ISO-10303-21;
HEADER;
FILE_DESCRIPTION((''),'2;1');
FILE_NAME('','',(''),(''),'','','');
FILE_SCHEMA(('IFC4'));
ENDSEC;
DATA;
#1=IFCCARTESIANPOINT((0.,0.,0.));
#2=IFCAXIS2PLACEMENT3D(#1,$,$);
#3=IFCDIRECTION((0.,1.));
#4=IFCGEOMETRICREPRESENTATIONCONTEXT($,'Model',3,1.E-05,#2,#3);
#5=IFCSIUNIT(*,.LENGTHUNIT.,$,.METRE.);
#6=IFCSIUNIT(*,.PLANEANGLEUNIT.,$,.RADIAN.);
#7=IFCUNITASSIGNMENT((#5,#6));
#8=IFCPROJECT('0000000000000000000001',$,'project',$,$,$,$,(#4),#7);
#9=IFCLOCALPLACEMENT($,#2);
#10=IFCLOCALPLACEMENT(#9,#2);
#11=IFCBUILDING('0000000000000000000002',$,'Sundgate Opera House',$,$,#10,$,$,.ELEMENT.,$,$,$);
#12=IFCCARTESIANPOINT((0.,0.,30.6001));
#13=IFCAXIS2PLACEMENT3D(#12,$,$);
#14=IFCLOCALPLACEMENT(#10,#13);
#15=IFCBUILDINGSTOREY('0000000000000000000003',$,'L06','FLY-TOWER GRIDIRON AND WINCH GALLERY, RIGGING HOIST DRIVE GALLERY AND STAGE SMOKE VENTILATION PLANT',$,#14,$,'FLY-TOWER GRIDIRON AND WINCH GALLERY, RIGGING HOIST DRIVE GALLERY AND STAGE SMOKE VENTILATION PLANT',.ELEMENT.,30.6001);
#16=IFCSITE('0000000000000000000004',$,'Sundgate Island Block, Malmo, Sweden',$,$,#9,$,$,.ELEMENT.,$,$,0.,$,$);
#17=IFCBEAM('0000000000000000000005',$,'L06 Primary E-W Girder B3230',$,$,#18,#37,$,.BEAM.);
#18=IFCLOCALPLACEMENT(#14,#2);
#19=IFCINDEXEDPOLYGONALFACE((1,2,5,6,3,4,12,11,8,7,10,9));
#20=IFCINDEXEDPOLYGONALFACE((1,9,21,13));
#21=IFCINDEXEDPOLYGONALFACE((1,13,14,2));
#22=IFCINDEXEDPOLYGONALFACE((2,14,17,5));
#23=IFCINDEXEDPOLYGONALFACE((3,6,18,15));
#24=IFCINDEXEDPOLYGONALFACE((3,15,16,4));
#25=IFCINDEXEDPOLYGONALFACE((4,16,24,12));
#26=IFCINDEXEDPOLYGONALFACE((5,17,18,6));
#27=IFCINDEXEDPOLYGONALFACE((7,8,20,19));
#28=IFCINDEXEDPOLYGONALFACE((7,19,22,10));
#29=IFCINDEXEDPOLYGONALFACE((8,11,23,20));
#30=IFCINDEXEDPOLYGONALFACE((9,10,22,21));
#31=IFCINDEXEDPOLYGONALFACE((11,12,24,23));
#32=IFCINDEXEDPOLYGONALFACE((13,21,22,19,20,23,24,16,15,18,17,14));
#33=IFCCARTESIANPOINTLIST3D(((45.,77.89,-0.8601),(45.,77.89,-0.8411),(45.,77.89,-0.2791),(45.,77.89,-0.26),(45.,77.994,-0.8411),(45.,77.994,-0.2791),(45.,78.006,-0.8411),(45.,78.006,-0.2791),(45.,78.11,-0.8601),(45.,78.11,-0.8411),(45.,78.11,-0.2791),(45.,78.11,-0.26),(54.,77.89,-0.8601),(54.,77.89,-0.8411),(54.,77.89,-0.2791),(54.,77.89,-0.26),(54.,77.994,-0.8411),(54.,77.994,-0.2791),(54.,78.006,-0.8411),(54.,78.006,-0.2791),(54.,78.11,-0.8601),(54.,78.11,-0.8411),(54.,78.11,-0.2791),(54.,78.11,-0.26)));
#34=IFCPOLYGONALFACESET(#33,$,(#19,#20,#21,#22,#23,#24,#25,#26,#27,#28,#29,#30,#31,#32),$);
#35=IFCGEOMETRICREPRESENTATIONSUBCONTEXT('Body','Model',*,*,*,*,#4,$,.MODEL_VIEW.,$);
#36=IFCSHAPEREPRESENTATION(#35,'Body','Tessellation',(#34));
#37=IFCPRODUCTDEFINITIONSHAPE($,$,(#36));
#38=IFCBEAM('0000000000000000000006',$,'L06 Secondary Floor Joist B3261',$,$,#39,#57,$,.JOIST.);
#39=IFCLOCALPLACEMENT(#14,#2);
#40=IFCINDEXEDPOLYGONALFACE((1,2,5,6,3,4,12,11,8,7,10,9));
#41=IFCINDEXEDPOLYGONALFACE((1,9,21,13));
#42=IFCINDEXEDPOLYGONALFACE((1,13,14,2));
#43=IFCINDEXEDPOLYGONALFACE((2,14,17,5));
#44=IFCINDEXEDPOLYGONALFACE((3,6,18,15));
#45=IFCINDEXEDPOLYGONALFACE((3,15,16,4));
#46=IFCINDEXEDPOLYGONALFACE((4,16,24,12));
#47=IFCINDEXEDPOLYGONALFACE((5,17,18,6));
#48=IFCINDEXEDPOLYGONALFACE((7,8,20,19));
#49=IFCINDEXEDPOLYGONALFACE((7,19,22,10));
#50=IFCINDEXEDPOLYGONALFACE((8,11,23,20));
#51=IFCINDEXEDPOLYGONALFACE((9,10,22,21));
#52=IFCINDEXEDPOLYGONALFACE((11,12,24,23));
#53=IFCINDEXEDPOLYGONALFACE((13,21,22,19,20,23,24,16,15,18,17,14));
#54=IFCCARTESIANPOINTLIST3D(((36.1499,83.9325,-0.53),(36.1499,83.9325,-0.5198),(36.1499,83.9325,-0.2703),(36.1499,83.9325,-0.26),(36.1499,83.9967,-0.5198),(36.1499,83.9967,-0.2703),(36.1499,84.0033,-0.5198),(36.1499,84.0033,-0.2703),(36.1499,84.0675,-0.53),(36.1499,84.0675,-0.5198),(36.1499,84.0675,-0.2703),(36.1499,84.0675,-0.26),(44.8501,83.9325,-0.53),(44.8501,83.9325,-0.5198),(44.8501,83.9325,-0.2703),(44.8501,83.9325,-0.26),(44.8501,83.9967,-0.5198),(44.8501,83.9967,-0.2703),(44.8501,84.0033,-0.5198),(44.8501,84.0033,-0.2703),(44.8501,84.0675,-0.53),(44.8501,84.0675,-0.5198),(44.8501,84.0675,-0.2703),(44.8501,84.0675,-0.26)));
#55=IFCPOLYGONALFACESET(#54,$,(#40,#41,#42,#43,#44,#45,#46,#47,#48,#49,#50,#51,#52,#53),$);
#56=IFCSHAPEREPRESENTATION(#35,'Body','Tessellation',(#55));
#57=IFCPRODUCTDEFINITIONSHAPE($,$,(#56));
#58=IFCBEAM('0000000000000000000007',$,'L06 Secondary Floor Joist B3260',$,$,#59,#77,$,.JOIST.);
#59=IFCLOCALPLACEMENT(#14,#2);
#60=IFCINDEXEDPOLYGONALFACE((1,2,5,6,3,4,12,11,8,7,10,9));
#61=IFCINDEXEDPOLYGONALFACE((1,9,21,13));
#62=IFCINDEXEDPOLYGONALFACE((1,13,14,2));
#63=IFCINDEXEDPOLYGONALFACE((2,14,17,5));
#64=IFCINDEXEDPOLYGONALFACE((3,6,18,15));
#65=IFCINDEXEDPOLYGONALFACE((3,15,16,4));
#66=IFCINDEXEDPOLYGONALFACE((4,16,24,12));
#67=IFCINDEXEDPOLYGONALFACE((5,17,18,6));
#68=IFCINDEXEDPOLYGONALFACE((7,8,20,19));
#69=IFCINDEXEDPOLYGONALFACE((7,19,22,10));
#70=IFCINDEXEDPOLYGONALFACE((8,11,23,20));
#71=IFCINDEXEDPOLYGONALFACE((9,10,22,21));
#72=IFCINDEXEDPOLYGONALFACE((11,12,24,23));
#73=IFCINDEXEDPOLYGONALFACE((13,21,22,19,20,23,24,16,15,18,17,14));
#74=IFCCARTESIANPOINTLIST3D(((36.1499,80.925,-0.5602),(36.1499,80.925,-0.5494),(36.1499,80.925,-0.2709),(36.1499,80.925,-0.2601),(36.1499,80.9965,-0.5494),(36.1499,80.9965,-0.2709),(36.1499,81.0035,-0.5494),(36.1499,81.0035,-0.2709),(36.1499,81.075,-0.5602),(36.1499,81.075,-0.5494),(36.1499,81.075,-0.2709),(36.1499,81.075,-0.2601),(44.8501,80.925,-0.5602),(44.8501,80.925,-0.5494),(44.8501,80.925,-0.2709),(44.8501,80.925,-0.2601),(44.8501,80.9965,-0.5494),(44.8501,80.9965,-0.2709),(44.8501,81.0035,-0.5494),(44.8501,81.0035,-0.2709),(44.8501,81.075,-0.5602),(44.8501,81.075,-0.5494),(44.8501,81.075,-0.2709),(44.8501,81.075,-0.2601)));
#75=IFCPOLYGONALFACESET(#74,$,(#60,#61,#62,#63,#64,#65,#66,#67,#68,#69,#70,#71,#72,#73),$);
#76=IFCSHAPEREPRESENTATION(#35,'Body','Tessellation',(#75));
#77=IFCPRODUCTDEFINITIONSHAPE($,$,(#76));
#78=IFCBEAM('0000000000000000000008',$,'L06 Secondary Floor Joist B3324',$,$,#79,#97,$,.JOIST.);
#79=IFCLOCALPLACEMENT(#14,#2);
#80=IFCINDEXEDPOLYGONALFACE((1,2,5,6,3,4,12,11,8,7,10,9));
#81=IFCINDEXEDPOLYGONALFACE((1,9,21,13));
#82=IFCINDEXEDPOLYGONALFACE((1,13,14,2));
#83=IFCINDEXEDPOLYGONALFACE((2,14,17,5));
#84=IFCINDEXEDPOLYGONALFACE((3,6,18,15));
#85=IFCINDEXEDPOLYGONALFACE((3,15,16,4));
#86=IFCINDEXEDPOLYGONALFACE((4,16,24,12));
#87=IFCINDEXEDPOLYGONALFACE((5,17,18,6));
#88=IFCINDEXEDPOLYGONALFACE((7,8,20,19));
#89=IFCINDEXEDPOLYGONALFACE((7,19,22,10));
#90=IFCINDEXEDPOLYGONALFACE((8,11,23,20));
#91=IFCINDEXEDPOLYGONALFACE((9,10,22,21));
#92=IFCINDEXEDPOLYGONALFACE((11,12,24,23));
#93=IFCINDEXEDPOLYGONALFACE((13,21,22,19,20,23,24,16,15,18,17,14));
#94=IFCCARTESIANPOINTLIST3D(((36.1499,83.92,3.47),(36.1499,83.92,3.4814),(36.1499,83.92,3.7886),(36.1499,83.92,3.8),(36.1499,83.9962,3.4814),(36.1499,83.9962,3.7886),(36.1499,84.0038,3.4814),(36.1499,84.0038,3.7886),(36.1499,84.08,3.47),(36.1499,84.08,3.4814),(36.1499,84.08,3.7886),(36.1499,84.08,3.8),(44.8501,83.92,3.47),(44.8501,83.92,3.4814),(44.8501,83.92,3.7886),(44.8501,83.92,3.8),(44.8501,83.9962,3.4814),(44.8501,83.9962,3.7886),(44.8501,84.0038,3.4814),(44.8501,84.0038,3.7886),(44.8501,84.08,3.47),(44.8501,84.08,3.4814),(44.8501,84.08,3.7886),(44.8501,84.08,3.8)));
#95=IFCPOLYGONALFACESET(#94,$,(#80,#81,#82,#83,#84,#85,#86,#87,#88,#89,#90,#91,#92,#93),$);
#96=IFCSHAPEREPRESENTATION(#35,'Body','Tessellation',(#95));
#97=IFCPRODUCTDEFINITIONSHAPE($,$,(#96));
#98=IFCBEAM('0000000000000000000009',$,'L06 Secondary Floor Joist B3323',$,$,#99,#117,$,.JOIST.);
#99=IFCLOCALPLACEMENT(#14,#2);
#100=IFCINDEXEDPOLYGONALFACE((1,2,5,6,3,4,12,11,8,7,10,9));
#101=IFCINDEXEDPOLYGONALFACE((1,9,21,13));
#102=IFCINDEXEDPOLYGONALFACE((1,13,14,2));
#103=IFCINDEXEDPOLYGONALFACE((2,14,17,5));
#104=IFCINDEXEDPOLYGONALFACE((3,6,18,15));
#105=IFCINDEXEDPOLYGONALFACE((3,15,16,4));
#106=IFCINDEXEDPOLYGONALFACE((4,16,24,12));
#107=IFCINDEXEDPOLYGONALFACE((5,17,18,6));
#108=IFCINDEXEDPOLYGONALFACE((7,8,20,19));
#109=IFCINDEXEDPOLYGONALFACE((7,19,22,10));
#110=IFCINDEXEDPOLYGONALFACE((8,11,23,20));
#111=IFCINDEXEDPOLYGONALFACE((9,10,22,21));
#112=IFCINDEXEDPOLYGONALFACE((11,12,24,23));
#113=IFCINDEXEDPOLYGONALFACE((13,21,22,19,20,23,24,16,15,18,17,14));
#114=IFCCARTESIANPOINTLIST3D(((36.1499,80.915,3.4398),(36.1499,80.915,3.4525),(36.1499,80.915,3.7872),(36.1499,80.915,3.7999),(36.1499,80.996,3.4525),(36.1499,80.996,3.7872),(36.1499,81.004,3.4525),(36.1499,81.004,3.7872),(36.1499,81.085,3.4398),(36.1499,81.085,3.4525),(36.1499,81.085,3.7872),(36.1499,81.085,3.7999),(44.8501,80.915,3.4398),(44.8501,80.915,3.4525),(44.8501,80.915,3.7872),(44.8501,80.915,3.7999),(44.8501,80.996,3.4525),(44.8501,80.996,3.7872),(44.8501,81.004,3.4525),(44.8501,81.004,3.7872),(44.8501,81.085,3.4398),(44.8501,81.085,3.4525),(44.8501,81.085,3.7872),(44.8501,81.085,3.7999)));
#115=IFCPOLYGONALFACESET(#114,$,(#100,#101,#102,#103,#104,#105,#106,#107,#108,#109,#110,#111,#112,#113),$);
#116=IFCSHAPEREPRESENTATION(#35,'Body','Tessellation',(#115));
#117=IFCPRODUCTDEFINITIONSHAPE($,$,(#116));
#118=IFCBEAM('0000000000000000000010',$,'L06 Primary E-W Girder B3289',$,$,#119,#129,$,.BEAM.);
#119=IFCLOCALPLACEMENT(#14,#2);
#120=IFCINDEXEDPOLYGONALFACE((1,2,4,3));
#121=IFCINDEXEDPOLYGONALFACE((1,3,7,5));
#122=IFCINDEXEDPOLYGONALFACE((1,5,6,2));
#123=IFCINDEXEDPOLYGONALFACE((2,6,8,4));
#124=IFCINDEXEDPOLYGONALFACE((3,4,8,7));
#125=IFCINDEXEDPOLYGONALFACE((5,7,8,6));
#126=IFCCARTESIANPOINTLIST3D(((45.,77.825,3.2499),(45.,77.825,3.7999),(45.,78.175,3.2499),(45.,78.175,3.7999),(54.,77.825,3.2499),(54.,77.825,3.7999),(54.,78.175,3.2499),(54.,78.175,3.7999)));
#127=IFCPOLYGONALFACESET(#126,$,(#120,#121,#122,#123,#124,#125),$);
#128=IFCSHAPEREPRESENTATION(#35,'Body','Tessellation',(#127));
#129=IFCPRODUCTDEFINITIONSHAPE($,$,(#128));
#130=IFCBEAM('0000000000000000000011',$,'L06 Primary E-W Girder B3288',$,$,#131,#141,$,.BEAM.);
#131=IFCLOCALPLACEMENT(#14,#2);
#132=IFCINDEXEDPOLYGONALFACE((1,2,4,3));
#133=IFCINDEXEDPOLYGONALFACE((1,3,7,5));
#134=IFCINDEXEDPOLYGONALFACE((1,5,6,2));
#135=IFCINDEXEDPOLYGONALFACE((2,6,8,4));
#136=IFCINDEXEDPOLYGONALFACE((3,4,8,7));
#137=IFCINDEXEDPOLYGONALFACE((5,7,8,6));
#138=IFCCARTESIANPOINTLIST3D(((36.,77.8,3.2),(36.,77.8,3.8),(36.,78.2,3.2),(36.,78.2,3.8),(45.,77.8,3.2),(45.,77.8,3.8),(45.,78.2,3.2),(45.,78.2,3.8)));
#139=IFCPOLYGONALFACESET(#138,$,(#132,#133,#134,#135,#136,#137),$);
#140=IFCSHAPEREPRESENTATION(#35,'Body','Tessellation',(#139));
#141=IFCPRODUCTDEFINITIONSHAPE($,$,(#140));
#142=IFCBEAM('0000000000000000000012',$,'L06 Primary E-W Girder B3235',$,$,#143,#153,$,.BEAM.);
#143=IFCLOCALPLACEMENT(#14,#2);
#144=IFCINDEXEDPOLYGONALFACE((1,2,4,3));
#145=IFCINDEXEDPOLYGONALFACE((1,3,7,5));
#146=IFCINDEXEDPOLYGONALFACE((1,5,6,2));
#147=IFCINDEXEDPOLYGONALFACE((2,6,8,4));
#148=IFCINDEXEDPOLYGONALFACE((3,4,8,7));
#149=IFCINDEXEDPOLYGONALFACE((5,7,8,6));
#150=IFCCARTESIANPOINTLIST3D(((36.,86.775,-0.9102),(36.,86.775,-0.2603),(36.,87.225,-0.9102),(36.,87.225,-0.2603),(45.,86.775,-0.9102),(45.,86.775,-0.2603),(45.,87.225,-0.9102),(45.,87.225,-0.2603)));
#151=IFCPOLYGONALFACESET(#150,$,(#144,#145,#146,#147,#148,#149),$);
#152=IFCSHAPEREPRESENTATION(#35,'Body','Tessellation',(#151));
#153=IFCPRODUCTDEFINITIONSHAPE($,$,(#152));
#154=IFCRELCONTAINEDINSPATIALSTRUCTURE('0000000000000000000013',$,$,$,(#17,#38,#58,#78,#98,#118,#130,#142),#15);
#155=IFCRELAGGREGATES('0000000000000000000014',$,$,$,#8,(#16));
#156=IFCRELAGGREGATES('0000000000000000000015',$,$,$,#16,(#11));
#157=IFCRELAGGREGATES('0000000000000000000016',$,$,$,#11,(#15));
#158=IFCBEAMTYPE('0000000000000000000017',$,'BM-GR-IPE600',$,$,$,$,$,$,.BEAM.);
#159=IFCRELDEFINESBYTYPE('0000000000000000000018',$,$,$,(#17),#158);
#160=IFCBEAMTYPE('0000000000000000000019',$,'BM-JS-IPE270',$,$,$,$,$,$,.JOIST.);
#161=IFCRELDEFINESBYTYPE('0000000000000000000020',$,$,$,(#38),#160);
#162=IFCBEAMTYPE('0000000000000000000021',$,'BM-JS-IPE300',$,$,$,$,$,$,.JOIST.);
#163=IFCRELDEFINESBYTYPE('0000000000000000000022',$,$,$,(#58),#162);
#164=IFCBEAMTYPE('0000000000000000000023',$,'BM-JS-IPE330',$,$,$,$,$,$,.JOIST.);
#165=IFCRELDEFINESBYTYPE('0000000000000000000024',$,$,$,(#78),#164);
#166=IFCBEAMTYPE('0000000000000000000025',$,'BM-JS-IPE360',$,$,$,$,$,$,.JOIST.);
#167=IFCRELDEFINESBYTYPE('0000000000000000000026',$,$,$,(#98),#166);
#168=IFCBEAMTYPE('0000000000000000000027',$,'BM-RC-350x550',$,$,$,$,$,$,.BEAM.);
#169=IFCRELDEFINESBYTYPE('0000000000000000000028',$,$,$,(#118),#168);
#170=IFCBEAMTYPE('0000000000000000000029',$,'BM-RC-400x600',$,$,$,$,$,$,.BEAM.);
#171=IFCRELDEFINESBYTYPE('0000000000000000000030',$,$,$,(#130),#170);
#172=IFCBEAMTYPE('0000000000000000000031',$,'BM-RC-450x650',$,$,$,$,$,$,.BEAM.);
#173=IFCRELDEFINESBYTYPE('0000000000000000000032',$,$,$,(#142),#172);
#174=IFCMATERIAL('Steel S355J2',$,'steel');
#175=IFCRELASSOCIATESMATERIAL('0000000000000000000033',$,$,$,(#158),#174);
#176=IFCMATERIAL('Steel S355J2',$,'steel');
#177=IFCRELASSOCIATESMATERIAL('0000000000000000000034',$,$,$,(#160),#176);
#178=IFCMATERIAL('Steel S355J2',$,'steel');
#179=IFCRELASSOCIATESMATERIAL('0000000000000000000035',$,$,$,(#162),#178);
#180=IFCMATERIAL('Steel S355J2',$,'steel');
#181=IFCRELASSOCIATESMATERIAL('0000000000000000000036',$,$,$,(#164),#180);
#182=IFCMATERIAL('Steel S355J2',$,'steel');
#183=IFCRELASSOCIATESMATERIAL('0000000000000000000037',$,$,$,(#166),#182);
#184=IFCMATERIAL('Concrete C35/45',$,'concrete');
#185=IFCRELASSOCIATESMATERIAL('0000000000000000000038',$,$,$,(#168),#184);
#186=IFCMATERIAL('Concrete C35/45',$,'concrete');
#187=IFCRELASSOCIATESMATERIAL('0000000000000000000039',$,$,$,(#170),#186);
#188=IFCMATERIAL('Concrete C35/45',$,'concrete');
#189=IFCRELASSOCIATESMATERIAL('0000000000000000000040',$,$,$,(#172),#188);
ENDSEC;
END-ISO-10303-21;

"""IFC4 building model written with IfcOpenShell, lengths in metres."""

from ifc_helpers import new_model, si_unit, direction, frame, origin, origin_2d, place, context, subcontext, project, spatial, rectangle, i_section, extrude, material, material_profile, profile_set, type_object, element, save


model = new_model("IFC4")

# Units and contexts
model_context = context("Model", 3, precision=1e-05, world=origin(), true_north=direction((0.0, 1.0)))
body_context = subcontext(model_context, "Body", "Model", "MODEL_VIEW")
ifc_project = project(units=[si_unit("LENGTHUNIT", "METRE"), si_unit("PLANEANGLEUNIT", "RADIAN")], contexts=[model_context])

# Site, building, storey
site_placement = place(None, origin())
site = spatial("IfcSite", under=ifc_project, at=site_placement, Name="Sundgate Island Block, Malmo, Sweden", CompositionType="ELEMENT", RefElevation=0.0)
building_placement = place(site_placement, origin())
building = spatial("IfcBuilding", under=site, at=building_placement, Name="Sundgate Opera House", CompositionType="ELEMENT")
storey_placement = place(building_placement, frame((0.0, 0.0, 30.6001)))
storey = spatial("IfcBuildingStorey", under=building, at=storey_placement, Name="L06", Description="FLY-TOWER GRIDIRON AND WINCH GALLERY, RIGGING HOIST DRIVE GALLERY AND STAGE SMOKE VENTILATION PLANT", LongName="FLY-TOWER GRIDIRON AND WINCH GALLERY, RIGGING HOIST DRIVE GALLERY AND STAGE SMOKE VENTILATION PLANT", CompositionType="ELEMENT", Elevation=30.6001)

# Beams
ifc_material_1 = material(Name="Steel S355J2", Category="steel")
ifc_material_profile_1 = material_profile(ifc_material_1, i_section(OverallWidth=0.22, OverallDepth=0.6001, WebThickness=0.012, FlangeThickness=0.019, at=origin_2d()), Name="IPE 600")
ifc_profile_set_1 = profile_set([ifc_material_profile_1], Name="Steel S355J2")
beam_type_1 = type_object("IfcBeamType", Name="BM-GR-IPE600", PredefinedType="BEAM", material=ifc_profile_set_1)
beam_1_placement = place(storey_placement, frame((45.0, 78.0, -0.5601), z_axis=(1.0, 0.0, 0.0), x_axis=(0.0, 1.0, 0.0)))
element("IfcBeam", 1, at=beam_1_placement, inside=storey, type_object=beam_type_1, Name="L06 Primary E-W Girder B3230", PredefinedType="BEAM", context=body_context, shape_type="SweptSolid", body=[
    extrude(i_section(OverallWidth=0.22, OverallDepth=0.6001, WebThickness=0.012, FlangeThickness=0.019, at=origin_2d()), origin(), (0.0, 0.0, 1.0), 9.0),
])
ifc_material_2 = material(Name="Steel S355J2", Category="steel")
ifc_material_profile_2 = material_profile(ifc_material_2, i_section(OverallWidth=0.135, OverallDepth=0.27, WebThickness=0.0066, FlangeThickness=0.0103, at=origin_2d()), Name="IPE 270")
ifc_profile_set_2 = profile_set([ifc_material_profile_2], Name="Steel S355J2")
beam_type_2 = type_object("IfcBeamType", Name="BM-JS-IPE270", PredefinedType="JOIST", material=ifc_profile_set_2)
beam_2_placement = place(storey_placement, frame((36.1499, 84.0, -0.395), z_axis=(1.0, 0.0, 0.0), x_axis=(0.0, 1.0, 0.0)))
element("IfcBeam", 2, at=beam_2_placement, inside=storey, type_object=beam_type_2, Name="L06 Secondary Floor Joist B3261", PredefinedType="JOIST", context=body_context, shape_type="SweptSolid", body=[
    extrude(i_section(OverallWidth=0.135, OverallDepth=0.27, WebThickness=0.0066, FlangeThickness=0.0103, at=origin_2d()), origin(), (0.0, 0.0, 1.0), 8.7002),
])
ifc_material_3 = material(Name="Steel S355J2", Category="steel")
ifc_material_profile_3 = material_profile(ifc_material_3, i_section(OverallWidth=0.1499, OverallDepth=0.3, WebThickness=0.0071, FlangeThickness=0.0107, at=origin_2d()), Name="IPE 300")
ifc_profile_set_3 = profile_set([ifc_material_profile_3], Name="Steel S355J2")
beam_type_3 = type_object("IfcBeamType", Name="BM-JS-IPE300", PredefinedType="JOIST", material=ifc_profile_set_3)
beam_3_placement = place(storey_placement, frame((36.1499, 81.0, -0.4102), z_axis=(1.0, 0.0, 0.0), x_axis=(0.0, 1.0, 0.0)))
element("IfcBeam", 3, at=beam_3_placement, inside=storey, type_object=beam_type_3, Name="L06 Secondary Floor Joist B3260", PredefinedType="JOIST", context=body_context, shape_type="SweptSolid", body=[
    extrude(i_section(OverallWidth=0.1499, OverallDepth=0.3, WebThickness=0.0071, FlangeThickness=0.0107, at=origin_2d()), origin(), (0.0, 0.0, 1.0), 8.7002),
])
ifc_material_4 = material(Name="Steel S355J2", Category="steel")
ifc_material_profile_4 = material_profile(ifc_material_4, i_section(OverallWidth=0.1599, OverallDepth=0.3301, WebThickness=0.0076, FlangeThickness=0.0115, at=origin_2d()), Name="IPE 330")
ifc_profile_set_4 = profile_set([ifc_material_profile_4], Name="Steel S355J2")
beam_type_4 = type_object("IfcBeamType", Name="BM-JS-IPE330", PredefinedType="JOIST", material=ifc_profile_set_4)
beam_4_placement = place(storey_placement, frame((36.1499, 84.0, 3.635), z_axis=(1.0, 0.0, 0.0), x_axis=(0.0, 1.0, 0.0)))
element("IfcBeam", 4, at=beam_4_placement, inside=storey, type_object=beam_type_4, Name="L06 Secondary Floor Joist B3324", PredefinedType="JOIST", context=body_context, shape_type="SweptSolid", body=[
    extrude(i_section(OverallWidth=0.1599, OverallDepth=0.3301, WebThickness=0.0076, FlangeThickness=0.0115, at=origin_2d()), origin(), (0.0, 0.0, 1.0), 8.7002),
])
ifc_material_5 = material(Name="Steel S355J2", Category="steel")
ifc_material_profile_5 = material_profile(ifc_material_5, i_section(OverallWidth=0.1699, OverallDepth=0.3601, WebThickness=0.0081, FlangeThickness=0.0127, at=origin_2d()), Name="IPE 360")
ifc_profile_set_5 = profile_set([ifc_material_profile_5], Name="Steel S355J2")
beam_type_5 = type_object("IfcBeamType", Name="BM-JS-IPE360", PredefinedType="JOIST", material=ifc_profile_set_5)
beam_5_placement = place(storey_placement, frame((36.1499, 81.0, 3.6199), z_axis=(1.0, 0.0, 0.0), x_axis=(0.0, 1.0, 0.0)))
element("IfcBeam", 5, at=beam_5_placement, inside=storey, type_object=beam_type_5, Name="L06 Secondary Floor Joist B3323", PredefinedType="JOIST", context=body_context, shape_type="SweptSolid", body=[
    extrude(i_section(OverallWidth=0.1699, OverallDepth=0.3601, WebThickness=0.0081, FlangeThickness=0.0127, at=origin_2d()), origin(), (0.0, 0.0, 1.0), 8.7002),
])
ifc_material_6 = material(Name="Concrete C35/45", Category="concrete")
ifc_material_profile_6 = material_profile(ifc_material_6, rectangle(XDim=0.3501, YDim=0.55, at=origin_2d()), Name="RC 350x550")
ifc_profile_set_6 = profile_set([ifc_material_profile_6], Name="Concrete C35/45")
beam_type_6 = type_object("IfcBeamType", Name="BM-RC-350x550", PredefinedType="BEAM", material=ifc_profile_set_6)
beam_6_placement = place(storey_placement, frame((45.0, 78.0, 3.5249), z_axis=(1.0, 0.0, 0.0), x_axis=(0.0, 1.0, 0.0)))
element("IfcBeam", 6, at=beam_6_placement, inside=storey, type_object=beam_type_6, Name="L06 Primary E-W Girder B3289", PredefinedType="BEAM", context=body_context, shape_type="SweptSolid", body=[
    extrude(rectangle(XDim=0.3501, YDim=0.55, at=origin_2d()), origin(), (0.0, 0.0, 1.0), 9.0),
])
ifc_material_7 = material(Name="Concrete C35/45", Category="concrete")
ifc_material_profile_7 = material_profile(ifc_material_7, rectangle(XDim=0.3999, YDim=0.6001, at=origin_2d()), Name="RC 400x600")
ifc_profile_set_7 = profile_set([ifc_material_profile_7], Name="Concrete C35/45")
beam_type_7 = type_object("IfcBeamType", Name="BM-RC-400x600", PredefinedType="BEAM", material=ifc_profile_set_7)
beam_7_placement = place(storey_placement, frame((36.0, 78.0, 3.5), z_axis=(1.0, 0.0, 0.0), x_axis=(0.0, 1.0, 0.0)))
element("IfcBeam", 7, at=beam_7_placement, inside=storey, type_object=beam_type_7, Name="L06 Primary E-W Girder B3288", PredefinedType="BEAM", context=body_context, shape_type="SweptSolid", body=[
    extrude(rectangle(XDim=0.3999, YDim=0.6001, at=origin_2d()), origin(), (0.0, 0.0, 1.0), 9.0),
])
ifc_material_8 = material(Name="Concrete C35/45", Category="concrete")
ifc_material_profile_8 = material_profile(ifc_material_8, rectangle(XDim=0.45, YDim=0.6499, at=origin_2d()), Name="RC 450x650")
ifc_profile_set_8 = profile_set([ifc_material_profile_8], Name="Concrete C35/45")
beam_type_8 = type_object("IfcBeamType", Name="BM-RC-450x650", PredefinedType="BEAM", material=ifc_profile_set_8)
beam_8_placement = place(storey_placement, frame((36.0, 87.0, -0.5852), z_axis=(1.0, 0.0, 0.0), x_axis=(0.0, 1.0, 0.0)))
element("IfcBeam", 8, at=beam_8_placement, inside=storey, type_object=beam_type_8, Name="L06 Primary E-W Girder B3235", PredefinedType="BEAM", context=body_context, shape_type="SweptSolid", body=[
    extrude(rectangle(XDim=0.45, YDim=0.6499, at=origin_2d()), origin(), (0.0, 0.0, 1.0), 9.0),
])

save(model, "model.ifc")
